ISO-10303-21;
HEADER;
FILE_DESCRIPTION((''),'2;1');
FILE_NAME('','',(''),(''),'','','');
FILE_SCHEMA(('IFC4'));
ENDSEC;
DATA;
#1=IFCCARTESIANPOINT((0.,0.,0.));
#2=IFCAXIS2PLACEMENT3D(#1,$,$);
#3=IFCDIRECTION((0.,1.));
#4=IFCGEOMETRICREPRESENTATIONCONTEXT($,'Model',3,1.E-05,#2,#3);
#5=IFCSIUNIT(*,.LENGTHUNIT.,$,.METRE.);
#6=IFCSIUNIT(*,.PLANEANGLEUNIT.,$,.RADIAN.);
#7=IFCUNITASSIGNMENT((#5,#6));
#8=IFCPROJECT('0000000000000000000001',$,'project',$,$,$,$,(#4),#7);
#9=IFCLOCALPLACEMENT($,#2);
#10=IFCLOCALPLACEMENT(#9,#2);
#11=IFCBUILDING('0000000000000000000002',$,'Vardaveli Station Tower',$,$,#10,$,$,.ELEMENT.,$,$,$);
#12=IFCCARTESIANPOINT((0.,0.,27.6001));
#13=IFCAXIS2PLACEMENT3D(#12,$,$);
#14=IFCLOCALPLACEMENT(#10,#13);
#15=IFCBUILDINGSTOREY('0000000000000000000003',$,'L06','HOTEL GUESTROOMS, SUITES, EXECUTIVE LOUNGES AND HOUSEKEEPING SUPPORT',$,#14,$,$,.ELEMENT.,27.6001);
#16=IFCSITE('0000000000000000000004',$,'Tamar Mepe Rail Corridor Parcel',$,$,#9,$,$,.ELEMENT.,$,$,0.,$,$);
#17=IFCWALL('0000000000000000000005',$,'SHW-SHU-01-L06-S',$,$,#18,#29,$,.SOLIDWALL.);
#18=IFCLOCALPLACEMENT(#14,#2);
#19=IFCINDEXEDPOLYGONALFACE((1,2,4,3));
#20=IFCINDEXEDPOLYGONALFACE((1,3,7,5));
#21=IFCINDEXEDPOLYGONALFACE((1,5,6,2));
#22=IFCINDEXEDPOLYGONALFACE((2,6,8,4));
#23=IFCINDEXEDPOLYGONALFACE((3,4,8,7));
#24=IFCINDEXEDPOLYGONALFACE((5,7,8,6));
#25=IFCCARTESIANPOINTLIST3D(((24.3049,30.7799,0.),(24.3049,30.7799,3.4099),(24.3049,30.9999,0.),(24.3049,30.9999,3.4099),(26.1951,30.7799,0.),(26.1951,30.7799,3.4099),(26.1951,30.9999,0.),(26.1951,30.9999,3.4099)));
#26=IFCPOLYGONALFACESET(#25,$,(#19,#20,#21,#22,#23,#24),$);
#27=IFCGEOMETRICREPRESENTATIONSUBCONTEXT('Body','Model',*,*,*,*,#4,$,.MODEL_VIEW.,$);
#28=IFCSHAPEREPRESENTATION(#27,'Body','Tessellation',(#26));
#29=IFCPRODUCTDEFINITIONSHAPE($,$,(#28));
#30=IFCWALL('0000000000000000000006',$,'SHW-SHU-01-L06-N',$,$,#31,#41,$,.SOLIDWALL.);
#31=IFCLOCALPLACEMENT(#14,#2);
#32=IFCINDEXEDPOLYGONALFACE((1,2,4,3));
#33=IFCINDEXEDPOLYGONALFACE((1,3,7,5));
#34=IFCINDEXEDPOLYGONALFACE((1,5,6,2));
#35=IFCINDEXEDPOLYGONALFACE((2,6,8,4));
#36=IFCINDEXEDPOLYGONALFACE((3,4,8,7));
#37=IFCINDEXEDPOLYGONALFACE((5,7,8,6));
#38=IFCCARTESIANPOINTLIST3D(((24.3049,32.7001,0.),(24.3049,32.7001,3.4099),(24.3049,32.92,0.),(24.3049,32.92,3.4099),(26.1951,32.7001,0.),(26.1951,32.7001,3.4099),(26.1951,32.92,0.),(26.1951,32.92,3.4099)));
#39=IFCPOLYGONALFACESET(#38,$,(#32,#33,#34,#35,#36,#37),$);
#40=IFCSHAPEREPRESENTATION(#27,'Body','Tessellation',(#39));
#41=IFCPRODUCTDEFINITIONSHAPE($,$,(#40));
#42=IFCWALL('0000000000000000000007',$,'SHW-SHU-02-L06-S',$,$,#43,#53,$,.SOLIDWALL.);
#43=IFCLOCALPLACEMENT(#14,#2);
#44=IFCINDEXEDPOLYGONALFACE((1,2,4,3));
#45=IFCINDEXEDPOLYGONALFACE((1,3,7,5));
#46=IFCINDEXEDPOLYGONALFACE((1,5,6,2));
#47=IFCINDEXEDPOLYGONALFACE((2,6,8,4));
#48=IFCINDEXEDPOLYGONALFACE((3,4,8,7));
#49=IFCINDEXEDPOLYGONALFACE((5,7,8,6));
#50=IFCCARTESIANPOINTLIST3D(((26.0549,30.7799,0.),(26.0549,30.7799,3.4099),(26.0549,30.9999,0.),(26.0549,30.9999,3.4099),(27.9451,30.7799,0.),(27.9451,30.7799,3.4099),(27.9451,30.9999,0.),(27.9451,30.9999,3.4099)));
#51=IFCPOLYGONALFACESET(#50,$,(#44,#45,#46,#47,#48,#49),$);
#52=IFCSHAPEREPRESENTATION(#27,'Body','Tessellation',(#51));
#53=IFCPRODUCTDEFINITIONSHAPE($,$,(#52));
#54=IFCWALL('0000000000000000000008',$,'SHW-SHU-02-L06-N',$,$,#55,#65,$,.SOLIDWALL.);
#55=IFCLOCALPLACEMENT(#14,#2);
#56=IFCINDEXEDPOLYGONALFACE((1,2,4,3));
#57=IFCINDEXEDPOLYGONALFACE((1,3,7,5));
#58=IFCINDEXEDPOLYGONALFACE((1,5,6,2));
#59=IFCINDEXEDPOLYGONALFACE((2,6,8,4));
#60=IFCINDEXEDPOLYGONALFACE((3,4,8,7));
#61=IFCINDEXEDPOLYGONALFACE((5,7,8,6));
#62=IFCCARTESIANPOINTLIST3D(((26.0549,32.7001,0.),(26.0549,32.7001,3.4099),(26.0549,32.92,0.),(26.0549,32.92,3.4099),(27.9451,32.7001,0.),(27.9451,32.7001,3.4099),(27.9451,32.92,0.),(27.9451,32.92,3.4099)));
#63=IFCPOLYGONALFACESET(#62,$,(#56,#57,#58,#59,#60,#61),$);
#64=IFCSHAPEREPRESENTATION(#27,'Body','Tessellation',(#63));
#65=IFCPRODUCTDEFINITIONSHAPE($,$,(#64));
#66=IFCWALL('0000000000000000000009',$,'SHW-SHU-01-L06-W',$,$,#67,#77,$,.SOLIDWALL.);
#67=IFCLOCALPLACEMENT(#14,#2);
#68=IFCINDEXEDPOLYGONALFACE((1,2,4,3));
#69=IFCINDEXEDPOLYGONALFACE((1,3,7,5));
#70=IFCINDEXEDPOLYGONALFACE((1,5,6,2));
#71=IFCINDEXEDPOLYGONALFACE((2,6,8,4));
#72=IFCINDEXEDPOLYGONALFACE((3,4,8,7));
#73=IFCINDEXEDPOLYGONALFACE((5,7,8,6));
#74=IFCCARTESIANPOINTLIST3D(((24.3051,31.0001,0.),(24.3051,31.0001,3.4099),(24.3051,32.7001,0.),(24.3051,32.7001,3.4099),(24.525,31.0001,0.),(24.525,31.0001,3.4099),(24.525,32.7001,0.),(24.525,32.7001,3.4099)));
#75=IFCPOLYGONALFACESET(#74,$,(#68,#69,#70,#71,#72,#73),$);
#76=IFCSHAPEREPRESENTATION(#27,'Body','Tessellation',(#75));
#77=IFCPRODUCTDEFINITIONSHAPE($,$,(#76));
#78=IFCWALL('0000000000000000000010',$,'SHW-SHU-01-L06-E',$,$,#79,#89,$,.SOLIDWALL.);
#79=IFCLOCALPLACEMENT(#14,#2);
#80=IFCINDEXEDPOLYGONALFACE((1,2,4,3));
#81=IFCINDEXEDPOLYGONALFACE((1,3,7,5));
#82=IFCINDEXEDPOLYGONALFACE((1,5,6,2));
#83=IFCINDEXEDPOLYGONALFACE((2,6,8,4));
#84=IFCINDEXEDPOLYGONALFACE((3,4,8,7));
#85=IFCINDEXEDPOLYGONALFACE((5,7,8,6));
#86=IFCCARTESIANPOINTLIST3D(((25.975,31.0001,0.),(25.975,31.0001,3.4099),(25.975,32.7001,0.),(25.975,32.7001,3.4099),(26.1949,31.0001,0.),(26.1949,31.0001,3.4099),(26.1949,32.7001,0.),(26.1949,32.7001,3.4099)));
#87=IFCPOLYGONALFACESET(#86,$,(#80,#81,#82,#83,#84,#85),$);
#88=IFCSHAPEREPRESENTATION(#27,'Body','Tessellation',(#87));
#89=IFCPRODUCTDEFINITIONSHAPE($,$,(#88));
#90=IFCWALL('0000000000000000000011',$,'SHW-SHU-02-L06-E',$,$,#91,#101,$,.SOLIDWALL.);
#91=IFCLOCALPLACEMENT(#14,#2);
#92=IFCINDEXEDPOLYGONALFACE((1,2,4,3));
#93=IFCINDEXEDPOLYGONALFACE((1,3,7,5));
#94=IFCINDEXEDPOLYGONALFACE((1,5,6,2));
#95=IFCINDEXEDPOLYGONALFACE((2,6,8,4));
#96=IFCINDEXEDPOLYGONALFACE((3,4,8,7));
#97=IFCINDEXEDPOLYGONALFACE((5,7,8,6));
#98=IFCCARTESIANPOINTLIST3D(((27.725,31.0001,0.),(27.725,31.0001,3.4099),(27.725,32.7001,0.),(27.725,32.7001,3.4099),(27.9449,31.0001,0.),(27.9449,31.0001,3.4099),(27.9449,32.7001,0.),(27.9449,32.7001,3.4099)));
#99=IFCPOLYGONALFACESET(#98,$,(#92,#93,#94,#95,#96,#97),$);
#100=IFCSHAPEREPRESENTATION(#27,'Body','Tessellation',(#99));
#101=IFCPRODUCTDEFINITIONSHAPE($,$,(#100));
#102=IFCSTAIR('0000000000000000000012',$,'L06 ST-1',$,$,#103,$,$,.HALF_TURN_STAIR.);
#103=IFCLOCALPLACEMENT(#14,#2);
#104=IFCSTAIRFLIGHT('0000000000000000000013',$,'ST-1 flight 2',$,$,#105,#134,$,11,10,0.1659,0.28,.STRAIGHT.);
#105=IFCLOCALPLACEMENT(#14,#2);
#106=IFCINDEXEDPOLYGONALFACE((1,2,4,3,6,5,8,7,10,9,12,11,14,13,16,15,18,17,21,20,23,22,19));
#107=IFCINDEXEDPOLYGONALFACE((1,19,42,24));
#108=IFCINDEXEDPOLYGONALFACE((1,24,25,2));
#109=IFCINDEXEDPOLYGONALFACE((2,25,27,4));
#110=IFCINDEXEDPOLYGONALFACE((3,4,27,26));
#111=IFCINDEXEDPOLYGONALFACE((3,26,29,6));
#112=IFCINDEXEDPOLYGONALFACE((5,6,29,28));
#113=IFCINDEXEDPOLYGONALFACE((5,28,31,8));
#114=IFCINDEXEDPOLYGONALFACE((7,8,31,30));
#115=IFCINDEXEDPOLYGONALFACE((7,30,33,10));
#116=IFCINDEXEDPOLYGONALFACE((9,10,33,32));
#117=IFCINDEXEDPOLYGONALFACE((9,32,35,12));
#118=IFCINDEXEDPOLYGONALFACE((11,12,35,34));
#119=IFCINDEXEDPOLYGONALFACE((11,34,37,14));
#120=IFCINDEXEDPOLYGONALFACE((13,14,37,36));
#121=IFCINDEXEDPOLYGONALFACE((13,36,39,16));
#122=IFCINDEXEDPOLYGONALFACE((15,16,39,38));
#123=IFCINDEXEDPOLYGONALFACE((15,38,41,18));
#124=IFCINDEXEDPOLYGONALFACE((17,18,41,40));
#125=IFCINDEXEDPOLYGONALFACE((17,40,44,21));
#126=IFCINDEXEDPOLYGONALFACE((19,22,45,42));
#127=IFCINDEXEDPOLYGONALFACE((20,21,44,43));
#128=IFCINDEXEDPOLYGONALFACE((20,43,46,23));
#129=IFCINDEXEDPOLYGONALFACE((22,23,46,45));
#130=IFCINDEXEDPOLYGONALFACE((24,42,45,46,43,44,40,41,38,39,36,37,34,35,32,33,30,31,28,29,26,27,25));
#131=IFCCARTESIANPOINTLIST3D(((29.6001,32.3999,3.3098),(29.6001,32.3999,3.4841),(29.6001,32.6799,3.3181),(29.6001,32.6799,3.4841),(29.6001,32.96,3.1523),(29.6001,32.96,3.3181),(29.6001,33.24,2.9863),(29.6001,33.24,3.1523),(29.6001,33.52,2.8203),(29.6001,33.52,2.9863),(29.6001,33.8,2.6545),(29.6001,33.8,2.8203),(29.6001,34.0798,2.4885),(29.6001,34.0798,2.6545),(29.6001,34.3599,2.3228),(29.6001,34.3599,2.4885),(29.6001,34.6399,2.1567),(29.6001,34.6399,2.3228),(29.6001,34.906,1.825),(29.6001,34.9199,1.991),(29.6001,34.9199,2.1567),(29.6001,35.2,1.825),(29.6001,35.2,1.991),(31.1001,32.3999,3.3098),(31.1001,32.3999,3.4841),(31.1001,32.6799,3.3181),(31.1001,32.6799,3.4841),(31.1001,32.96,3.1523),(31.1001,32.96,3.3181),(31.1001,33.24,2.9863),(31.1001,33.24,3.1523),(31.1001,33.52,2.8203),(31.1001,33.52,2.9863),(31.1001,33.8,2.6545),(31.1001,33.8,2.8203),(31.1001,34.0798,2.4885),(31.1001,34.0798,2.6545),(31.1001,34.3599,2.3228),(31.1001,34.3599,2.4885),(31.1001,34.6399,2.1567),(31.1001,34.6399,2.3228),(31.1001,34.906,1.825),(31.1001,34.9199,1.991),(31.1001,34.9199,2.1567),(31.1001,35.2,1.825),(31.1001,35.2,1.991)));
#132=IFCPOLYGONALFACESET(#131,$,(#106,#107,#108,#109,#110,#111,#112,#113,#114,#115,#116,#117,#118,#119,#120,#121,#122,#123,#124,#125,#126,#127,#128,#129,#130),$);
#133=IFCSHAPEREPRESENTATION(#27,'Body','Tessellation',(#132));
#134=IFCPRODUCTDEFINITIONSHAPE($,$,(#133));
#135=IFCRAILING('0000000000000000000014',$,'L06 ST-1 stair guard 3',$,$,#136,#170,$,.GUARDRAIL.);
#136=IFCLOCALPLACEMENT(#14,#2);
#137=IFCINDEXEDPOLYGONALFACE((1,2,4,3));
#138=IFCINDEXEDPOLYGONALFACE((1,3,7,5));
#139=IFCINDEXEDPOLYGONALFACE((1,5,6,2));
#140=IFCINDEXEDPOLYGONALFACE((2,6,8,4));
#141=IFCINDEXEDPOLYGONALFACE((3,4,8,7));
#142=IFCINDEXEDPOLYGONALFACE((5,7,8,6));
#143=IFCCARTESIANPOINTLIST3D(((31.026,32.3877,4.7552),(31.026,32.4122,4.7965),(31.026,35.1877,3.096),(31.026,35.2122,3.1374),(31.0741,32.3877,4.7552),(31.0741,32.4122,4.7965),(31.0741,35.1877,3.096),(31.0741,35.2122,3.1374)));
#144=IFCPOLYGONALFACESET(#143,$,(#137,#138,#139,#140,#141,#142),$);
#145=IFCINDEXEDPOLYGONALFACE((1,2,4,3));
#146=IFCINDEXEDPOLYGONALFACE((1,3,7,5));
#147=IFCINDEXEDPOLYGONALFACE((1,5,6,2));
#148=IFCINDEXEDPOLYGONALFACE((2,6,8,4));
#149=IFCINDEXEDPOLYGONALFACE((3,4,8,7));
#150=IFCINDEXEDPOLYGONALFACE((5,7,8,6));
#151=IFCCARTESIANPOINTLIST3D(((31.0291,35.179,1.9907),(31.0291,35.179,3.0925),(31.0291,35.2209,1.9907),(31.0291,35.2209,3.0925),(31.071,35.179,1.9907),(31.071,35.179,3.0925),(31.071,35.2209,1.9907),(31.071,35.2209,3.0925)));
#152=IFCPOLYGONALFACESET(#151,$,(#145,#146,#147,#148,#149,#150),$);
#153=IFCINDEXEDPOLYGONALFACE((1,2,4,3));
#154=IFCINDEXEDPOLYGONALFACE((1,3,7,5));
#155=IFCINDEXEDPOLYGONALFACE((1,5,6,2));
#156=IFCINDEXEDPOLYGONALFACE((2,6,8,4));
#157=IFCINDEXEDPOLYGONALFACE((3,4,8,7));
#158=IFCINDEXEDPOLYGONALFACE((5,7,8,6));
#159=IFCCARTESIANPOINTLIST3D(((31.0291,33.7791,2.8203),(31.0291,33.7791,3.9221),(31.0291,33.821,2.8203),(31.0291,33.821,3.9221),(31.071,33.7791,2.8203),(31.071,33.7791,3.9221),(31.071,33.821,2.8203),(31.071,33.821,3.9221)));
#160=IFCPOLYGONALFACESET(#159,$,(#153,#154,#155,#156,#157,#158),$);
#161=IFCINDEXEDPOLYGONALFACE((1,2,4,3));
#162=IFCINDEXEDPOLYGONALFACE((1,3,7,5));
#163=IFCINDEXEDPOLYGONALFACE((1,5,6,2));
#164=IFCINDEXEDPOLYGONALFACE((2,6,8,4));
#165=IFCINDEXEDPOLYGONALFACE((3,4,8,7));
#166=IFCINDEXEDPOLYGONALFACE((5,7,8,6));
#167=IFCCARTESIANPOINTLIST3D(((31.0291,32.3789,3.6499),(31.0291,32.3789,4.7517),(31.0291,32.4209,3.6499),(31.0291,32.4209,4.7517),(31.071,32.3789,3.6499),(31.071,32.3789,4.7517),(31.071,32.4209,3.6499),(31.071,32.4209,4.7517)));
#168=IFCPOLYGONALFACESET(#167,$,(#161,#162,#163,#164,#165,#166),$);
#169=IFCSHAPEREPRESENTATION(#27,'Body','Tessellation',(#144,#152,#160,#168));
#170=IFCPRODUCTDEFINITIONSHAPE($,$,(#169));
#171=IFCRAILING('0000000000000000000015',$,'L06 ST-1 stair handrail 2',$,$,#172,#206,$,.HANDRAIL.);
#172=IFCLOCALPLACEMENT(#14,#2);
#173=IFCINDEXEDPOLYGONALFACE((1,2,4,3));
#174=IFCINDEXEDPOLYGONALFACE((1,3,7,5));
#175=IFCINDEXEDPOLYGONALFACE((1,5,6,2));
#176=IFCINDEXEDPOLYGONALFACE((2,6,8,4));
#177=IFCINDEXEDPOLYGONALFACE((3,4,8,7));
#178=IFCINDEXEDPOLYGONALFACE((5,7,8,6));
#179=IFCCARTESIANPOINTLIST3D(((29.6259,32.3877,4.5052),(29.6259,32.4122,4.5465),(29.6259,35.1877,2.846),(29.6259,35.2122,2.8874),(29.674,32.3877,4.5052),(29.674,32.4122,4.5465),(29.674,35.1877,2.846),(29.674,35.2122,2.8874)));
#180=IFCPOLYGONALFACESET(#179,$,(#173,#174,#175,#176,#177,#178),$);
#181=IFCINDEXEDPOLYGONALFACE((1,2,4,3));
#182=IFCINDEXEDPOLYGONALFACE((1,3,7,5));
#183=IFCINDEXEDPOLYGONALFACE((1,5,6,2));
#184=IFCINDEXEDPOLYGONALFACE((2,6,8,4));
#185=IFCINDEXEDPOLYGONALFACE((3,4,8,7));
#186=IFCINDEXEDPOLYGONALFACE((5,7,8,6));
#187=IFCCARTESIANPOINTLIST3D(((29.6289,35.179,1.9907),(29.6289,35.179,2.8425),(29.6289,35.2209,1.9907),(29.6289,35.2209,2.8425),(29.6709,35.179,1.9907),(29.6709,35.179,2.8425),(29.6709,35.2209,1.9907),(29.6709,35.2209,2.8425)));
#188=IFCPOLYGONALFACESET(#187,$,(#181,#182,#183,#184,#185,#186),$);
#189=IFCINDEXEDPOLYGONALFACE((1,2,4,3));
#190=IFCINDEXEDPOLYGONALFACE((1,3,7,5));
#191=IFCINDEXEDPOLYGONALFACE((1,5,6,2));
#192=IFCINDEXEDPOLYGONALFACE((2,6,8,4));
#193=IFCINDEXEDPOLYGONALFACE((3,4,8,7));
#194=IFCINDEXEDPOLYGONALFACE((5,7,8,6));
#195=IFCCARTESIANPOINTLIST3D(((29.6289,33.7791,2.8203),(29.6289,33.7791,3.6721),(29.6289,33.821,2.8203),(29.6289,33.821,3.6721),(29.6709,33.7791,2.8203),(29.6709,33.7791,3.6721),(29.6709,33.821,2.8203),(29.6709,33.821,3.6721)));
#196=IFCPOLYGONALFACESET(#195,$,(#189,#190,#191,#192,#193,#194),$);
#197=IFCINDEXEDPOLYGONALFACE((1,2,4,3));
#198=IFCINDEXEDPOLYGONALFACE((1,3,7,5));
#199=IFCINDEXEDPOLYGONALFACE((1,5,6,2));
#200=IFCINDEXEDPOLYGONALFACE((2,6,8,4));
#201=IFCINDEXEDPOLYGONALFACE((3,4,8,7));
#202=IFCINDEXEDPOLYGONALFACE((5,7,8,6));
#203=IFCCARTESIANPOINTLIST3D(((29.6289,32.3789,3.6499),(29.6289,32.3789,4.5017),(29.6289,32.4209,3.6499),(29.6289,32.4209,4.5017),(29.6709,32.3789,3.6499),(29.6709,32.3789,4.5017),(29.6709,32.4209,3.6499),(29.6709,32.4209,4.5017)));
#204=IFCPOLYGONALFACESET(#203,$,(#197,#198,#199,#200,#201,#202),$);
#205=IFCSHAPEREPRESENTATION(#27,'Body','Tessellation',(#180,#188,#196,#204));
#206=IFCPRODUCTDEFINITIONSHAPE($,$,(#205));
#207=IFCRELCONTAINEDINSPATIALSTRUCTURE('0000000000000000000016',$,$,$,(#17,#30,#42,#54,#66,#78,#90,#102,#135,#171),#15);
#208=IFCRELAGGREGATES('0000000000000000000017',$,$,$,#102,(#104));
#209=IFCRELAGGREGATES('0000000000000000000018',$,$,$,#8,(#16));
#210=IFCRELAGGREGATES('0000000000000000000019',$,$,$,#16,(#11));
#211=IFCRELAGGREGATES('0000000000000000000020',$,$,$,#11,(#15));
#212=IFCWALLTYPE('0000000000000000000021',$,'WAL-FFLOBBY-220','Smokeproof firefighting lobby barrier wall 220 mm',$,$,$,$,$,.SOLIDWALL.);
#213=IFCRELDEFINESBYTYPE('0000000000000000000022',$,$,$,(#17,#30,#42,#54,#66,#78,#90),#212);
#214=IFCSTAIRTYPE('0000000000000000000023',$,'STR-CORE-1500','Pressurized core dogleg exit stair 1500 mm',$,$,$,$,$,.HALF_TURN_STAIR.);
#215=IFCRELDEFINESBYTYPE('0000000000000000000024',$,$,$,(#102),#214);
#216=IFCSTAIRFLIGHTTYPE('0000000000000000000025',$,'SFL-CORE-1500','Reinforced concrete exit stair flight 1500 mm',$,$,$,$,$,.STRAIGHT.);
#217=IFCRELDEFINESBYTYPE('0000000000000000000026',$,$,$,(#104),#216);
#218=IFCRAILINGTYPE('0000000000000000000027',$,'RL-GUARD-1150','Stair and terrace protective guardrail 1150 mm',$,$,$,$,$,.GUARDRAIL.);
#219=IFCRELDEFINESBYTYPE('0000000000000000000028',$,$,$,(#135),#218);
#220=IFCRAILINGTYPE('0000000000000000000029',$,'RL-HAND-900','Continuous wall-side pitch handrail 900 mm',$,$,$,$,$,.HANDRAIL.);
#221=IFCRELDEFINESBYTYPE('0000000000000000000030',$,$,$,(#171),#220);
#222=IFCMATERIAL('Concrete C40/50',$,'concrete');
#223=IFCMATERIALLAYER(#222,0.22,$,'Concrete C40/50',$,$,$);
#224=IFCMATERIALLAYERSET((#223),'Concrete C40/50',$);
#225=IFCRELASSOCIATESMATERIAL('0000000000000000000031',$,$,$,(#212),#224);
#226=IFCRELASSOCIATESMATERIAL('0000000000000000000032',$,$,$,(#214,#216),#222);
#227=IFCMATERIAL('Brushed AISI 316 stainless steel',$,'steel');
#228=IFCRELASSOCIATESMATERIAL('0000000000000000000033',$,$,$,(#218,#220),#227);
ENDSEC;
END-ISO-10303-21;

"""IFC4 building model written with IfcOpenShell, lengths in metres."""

from ifc_helpers import new_model, si_unit, direction, frame, frame_2d, origin, origin_2d, place, context, subcontext, project, spatial, polyline, rectangle, outline, extrude, source, transform, mapped, material, layer, layer_set, type_object, element, aggregate, save


model = new_model("IFC4")

# Units and contexts
model_context = context("Model", 3, precision=1e-05, world=origin(), true_north=direction((0.0, 1.0)))
body_context = subcontext(model_context, "Body", "Model", "MODEL_VIEW")
ifc_project = project(units=[si_unit("LENGTHUNIT", "METRE"), si_unit("PLANEANGLEUNIT", "RADIAN")], contexts=[model_context])

# Site, building, storey
site_placement = place(None, origin())
site = spatial("IfcSite", under=ifc_project, at=site_placement, Name="Tamar Mepe Rail Corridor Parcel", CompositionType="ELEMENT", RefElevation=0.0)
building_placement = place(site_placement, origin())
building = spatial("IfcBuilding", under=site, at=building_placement, Name="Vardaveli Station Tower", CompositionType="ELEMENT")
storey_placement = place(building_placement, frame((0.0, 0.0, 27.6001)))
storey = spatial("IfcBuildingStorey", under=building, at=storey_placement, Name="L06", Description="HOTEL GUESTROOMS, SUITES, EXECUTIVE LOUNGES AND HOUSEKEEPING SUPPORT", CompositionType="ELEMENT", Elevation=27.6001)

# Shared definitions
ifc_material_1 = material(Name="Concrete C40/50", Category="concrete")

# Shared definitions
ifc_layer_1 = layer(ifc_material_1, 0.22, Name="Concrete C40/50")
ifc_layer_set_1 = layer_set([ifc_layer_1], Name="Concrete C40/50")
wall_type_1 = type_object("IfcWallType", Name="WAL-FFLOBBY-220", Description="Smokeproof firefighting lobby barrier wall 220 mm", PredefinedType="SOLIDWALL", material=ifc_layer_set_1)

# Walls
shared_shape_1 = source(origin(), body_context, "Body", "SweptSolid", [
    extrude(rectangle(XDim=1.8901, YDim=0.22, at=frame_2d((0.9451, 0.0))), origin(), (0.0, 0.0, 1.0), 3.4099),
])
for number, where, z_axis, x_axis, name in (
    (1, (24.3049, 30.8899, 0.0), (0.0, 0.0, 1.0), (1.0, 0.0, 0.0), "SHW-SHU-01-L06-S"),
    (2, (24.3049, 32.8101, 0.0), (0.0, 0.0, 1.0), (1.0, 0.0, 0.0), "SHW-SHU-01-L06-N"),
    (3, (26.0549, 30.8899, 0.0), (0.0, 0.0, 1.0), (1.0, 0.0, 0.0), "SHW-SHU-02-L06-S"),
    (4, (26.0549, 32.8101, 0.0), (0.0, 0.0, 1.0), (1.0, 0.0, 0.0), "SHW-SHU-02-L06-N"),
):
    element("IfcWall", number, at=place(storey_placement, frame(where, z_axis=z_axis, x_axis=x_axis)), inside=storey, type_object=wall_type_1, Name=name, PredefinedType="SOLIDWALL", context=body_context, shape_type="MappedRepresentation", body=[
        mapped(shared_shape_1, transform((0.0, 0.0, 0.0), scale=1.0)),
    ])
shared_shape_2 = source(origin(), body_context, "Body", "SweptSolid", [
    extrude(rectangle(XDim=1.7, YDim=0.22, at=frame_2d((0.8501, 0.0))), origin(), (0.0, 0.0, 1.0), 3.4099),
])
for number, where, z_axis, x_axis, name in (
    (5, (24.415, 31.0, 0.0), (0.0, 0.0, 1.0), (0.0, 1.0, 0.0), "SHW-SHU-01-L06-W"),
    (6, (26.085, 31.0, 0.0), (0.0, 0.0, 1.0), (0.0, 1.0, 0.0), "SHW-SHU-01-L06-E"),
    (7, (27.835, 31.0, 0.0), (0.0, 0.0, 1.0), (0.0, 1.0, 0.0), "SHW-SHU-02-L06-E"),
):
    element("IfcWall", number, at=place(storey_placement, frame(where, z_axis=z_axis, x_axis=x_axis)), inside=storey, type_object=wall_type_1, Name=name, PredefinedType="SOLIDWALL", context=body_context, shape_type="MappedRepresentation", body=[
        mapped(shared_shape_2, transform((0.0, 0.0, 0.0), scale=1.0)),
    ])

# Stair, stair flight
stair_type = type_object("IfcStairType", Name="STR-CORE-1500", Description="Pressurized core dogleg exit stair 1500 mm", PredefinedType="HALF_TURN_STAIR", material=ifc_material_1)
stair_placement = place(storey_placement, origin())
stair = element("IfcStair", 8, at=stair_placement, inside=storey, type_object=stair_type, Name="L06 ST-1", PredefinedType="HALF_TURN_STAIR")
stair_flight_type = type_object("IfcStairFlightType", Name="SFL-CORE-1500", Description="Reinforced concrete exit stair flight 1500 mm", PredefinedType="STRAIGHT", material=ifc_material_1)
shared_shape_3 = source(origin(), body_context, "Body", "SweptSolid", [
    extrude(outline(polyline([(0.0, 0.0), (0.0, 0.166), (0.28, 0.166), (0.28, 0.3318), (0.5601, 0.3318), (0.5601, 0.4978), (0.8401, 0.4978), (0.8401, 0.6636), (1.1201, 0.6636), (1.1201, 0.8296), (1.3999, 0.8296), (1.3999, 0.9954), (1.6799, 0.9954), (1.6799, 1.1614), (1.96, 1.1614), (1.96, 1.3274), (2.24, 1.3274), (2.24, 1.4932), (2.52, 1.4932), (2.52, 1.6592), (2.8, 1.6592), (2.8, 1.825), (2.8, 1.4849), (0.2939, 0.0), (0.0, 0.0)])), frame((0.0, 0.75, 0.0), z_axis=(0.0, -1.0, 0.0), x_axis=(1.0, 0.0, 0.0)), (0.0, 0.0, 1.0), 1.5),
])
stair_flight_placement = place(storey_placement, frame((30.3501, 35.2, 1.825), z_axis=(0.0, 0.0, 1.0), x_axis=(0.0, -1.0, 0.0)))
stair_flight = element("IfcStairFlight", 9, at=stair_flight_placement, type_object=stair_flight_type, Name="ST-1 flight 2", NumberOfRisers=11, NumberOfTreads=10, PredefinedType="STRAIGHT", RiserHeight=0.1659, TreadLength=0.28, context=body_context, shape_type="MappedRepresentation", body=[
    mapped(shared_shape_3, transform((0.0, 0.0, 0.0), scale=1.0)),
])
aggregate(stair, [stair_flight])

# Railings
ifc_material_2 = material(Name="Brushed AISI 316 stainless steel", Category="steel")
railing_type_1 = type_object("IfcRailingType", Name="RL-GUARD-1150", Description="Stair and terrace protective guardrail 1150 mm", PredefinedType="GUARDRAIL", material=ifc_material_2)
shared_shape_4 = source(origin(), body_context, "Body", "SweptSolid", [
    extrude(rectangle(XDim=0.0481, YDim=0.0481, at=origin_2d()), frame((0.0, 0.0, 1.126), z_axis=(0.0, -0.860306, 0.509778), x_axis=(1.0, 0.0, 0.0)), (0.0, 0.0, 1.0), 3.2546),
    extrude(rectangle(XDim=0.042, YDim=0.042, at=origin_2d()), origin(), (0.0, 0.0, 1.0), 1.1018),
    extrude(rectangle(XDim=0.042, YDim=0.042, at=origin_2d()), frame((0.0, -1.3999, 0.8296)), (0.0, 0.0, 1.0), 1.1018),
    extrude(rectangle(XDim=0.042, YDim=0.042, at=origin_2d()), frame((0.0, -2.8, 1.6592)), (0.0, 0.0, 1.0), 1.1018),
])
railing_1_placement = place(storey_placement, frame((31.05, 35.2, 1.9907)))
element("IfcRailing", 10, at=railing_1_placement, inside=storey, type_object=railing_type_1, Name="L06 ST-1 stair guard 3", PredefinedType="GUARDRAIL", context=body_context, shape_type="MappedRepresentation", body=[
    mapped(shared_shape_4, transform((0.0, 0.0, 0.0), scale=1.0)),
])
railing_type_2 = type_object("IfcRailingType", Name="RL-HAND-900", Description="Continuous wall-side pitch handrail 900 mm", PredefinedType="HANDRAIL", material=ifc_material_2)
shared_shape_5 = source(origin(), body_context, "Body", "SweptSolid", [
    extrude(rectangle(XDim=0.0481, YDim=0.0481, at=origin_2d()), frame((0.0, 0.0, 0.876), z_axis=(0.0, -0.860306, 0.509778), x_axis=(1.0, 0.0, 0.0)), (0.0, 0.0, 1.0), 3.2546),
    extrude(rectangle(XDim=0.042, YDim=0.042, at=origin_2d()), origin(), (0.0, 0.0, 1.0), 0.8518),
    extrude(rectangle(XDim=0.042, YDim=0.042, at=origin_2d()), frame((0.0, -1.3999, 0.8296)), (0.0, 0.0, 1.0), 0.8518),
    extrude(rectangle(XDim=0.042, YDim=0.042, at=origin_2d()), frame((0.0, -2.8, 1.6592)), (0.0, 0.0, 1.0), 0.8518),
])
railing_2_placement = place(storey_placement, frame((29.6499, 35.2, 1.9907)))
element("IfcRailing", 11, at=railing_2_placement, inside=storey, type_object=railing_type_2, Name="L06 ST-1 stair handrail 2", PredefinedType="HANDRAIL", context=body_context, shape_type="MappedRepresentation", body=[
    mapped(shared_shape_5, transform((0.0, 0.0, 0.0), scale=1.0)),
])

save(model, "model.ifc")
